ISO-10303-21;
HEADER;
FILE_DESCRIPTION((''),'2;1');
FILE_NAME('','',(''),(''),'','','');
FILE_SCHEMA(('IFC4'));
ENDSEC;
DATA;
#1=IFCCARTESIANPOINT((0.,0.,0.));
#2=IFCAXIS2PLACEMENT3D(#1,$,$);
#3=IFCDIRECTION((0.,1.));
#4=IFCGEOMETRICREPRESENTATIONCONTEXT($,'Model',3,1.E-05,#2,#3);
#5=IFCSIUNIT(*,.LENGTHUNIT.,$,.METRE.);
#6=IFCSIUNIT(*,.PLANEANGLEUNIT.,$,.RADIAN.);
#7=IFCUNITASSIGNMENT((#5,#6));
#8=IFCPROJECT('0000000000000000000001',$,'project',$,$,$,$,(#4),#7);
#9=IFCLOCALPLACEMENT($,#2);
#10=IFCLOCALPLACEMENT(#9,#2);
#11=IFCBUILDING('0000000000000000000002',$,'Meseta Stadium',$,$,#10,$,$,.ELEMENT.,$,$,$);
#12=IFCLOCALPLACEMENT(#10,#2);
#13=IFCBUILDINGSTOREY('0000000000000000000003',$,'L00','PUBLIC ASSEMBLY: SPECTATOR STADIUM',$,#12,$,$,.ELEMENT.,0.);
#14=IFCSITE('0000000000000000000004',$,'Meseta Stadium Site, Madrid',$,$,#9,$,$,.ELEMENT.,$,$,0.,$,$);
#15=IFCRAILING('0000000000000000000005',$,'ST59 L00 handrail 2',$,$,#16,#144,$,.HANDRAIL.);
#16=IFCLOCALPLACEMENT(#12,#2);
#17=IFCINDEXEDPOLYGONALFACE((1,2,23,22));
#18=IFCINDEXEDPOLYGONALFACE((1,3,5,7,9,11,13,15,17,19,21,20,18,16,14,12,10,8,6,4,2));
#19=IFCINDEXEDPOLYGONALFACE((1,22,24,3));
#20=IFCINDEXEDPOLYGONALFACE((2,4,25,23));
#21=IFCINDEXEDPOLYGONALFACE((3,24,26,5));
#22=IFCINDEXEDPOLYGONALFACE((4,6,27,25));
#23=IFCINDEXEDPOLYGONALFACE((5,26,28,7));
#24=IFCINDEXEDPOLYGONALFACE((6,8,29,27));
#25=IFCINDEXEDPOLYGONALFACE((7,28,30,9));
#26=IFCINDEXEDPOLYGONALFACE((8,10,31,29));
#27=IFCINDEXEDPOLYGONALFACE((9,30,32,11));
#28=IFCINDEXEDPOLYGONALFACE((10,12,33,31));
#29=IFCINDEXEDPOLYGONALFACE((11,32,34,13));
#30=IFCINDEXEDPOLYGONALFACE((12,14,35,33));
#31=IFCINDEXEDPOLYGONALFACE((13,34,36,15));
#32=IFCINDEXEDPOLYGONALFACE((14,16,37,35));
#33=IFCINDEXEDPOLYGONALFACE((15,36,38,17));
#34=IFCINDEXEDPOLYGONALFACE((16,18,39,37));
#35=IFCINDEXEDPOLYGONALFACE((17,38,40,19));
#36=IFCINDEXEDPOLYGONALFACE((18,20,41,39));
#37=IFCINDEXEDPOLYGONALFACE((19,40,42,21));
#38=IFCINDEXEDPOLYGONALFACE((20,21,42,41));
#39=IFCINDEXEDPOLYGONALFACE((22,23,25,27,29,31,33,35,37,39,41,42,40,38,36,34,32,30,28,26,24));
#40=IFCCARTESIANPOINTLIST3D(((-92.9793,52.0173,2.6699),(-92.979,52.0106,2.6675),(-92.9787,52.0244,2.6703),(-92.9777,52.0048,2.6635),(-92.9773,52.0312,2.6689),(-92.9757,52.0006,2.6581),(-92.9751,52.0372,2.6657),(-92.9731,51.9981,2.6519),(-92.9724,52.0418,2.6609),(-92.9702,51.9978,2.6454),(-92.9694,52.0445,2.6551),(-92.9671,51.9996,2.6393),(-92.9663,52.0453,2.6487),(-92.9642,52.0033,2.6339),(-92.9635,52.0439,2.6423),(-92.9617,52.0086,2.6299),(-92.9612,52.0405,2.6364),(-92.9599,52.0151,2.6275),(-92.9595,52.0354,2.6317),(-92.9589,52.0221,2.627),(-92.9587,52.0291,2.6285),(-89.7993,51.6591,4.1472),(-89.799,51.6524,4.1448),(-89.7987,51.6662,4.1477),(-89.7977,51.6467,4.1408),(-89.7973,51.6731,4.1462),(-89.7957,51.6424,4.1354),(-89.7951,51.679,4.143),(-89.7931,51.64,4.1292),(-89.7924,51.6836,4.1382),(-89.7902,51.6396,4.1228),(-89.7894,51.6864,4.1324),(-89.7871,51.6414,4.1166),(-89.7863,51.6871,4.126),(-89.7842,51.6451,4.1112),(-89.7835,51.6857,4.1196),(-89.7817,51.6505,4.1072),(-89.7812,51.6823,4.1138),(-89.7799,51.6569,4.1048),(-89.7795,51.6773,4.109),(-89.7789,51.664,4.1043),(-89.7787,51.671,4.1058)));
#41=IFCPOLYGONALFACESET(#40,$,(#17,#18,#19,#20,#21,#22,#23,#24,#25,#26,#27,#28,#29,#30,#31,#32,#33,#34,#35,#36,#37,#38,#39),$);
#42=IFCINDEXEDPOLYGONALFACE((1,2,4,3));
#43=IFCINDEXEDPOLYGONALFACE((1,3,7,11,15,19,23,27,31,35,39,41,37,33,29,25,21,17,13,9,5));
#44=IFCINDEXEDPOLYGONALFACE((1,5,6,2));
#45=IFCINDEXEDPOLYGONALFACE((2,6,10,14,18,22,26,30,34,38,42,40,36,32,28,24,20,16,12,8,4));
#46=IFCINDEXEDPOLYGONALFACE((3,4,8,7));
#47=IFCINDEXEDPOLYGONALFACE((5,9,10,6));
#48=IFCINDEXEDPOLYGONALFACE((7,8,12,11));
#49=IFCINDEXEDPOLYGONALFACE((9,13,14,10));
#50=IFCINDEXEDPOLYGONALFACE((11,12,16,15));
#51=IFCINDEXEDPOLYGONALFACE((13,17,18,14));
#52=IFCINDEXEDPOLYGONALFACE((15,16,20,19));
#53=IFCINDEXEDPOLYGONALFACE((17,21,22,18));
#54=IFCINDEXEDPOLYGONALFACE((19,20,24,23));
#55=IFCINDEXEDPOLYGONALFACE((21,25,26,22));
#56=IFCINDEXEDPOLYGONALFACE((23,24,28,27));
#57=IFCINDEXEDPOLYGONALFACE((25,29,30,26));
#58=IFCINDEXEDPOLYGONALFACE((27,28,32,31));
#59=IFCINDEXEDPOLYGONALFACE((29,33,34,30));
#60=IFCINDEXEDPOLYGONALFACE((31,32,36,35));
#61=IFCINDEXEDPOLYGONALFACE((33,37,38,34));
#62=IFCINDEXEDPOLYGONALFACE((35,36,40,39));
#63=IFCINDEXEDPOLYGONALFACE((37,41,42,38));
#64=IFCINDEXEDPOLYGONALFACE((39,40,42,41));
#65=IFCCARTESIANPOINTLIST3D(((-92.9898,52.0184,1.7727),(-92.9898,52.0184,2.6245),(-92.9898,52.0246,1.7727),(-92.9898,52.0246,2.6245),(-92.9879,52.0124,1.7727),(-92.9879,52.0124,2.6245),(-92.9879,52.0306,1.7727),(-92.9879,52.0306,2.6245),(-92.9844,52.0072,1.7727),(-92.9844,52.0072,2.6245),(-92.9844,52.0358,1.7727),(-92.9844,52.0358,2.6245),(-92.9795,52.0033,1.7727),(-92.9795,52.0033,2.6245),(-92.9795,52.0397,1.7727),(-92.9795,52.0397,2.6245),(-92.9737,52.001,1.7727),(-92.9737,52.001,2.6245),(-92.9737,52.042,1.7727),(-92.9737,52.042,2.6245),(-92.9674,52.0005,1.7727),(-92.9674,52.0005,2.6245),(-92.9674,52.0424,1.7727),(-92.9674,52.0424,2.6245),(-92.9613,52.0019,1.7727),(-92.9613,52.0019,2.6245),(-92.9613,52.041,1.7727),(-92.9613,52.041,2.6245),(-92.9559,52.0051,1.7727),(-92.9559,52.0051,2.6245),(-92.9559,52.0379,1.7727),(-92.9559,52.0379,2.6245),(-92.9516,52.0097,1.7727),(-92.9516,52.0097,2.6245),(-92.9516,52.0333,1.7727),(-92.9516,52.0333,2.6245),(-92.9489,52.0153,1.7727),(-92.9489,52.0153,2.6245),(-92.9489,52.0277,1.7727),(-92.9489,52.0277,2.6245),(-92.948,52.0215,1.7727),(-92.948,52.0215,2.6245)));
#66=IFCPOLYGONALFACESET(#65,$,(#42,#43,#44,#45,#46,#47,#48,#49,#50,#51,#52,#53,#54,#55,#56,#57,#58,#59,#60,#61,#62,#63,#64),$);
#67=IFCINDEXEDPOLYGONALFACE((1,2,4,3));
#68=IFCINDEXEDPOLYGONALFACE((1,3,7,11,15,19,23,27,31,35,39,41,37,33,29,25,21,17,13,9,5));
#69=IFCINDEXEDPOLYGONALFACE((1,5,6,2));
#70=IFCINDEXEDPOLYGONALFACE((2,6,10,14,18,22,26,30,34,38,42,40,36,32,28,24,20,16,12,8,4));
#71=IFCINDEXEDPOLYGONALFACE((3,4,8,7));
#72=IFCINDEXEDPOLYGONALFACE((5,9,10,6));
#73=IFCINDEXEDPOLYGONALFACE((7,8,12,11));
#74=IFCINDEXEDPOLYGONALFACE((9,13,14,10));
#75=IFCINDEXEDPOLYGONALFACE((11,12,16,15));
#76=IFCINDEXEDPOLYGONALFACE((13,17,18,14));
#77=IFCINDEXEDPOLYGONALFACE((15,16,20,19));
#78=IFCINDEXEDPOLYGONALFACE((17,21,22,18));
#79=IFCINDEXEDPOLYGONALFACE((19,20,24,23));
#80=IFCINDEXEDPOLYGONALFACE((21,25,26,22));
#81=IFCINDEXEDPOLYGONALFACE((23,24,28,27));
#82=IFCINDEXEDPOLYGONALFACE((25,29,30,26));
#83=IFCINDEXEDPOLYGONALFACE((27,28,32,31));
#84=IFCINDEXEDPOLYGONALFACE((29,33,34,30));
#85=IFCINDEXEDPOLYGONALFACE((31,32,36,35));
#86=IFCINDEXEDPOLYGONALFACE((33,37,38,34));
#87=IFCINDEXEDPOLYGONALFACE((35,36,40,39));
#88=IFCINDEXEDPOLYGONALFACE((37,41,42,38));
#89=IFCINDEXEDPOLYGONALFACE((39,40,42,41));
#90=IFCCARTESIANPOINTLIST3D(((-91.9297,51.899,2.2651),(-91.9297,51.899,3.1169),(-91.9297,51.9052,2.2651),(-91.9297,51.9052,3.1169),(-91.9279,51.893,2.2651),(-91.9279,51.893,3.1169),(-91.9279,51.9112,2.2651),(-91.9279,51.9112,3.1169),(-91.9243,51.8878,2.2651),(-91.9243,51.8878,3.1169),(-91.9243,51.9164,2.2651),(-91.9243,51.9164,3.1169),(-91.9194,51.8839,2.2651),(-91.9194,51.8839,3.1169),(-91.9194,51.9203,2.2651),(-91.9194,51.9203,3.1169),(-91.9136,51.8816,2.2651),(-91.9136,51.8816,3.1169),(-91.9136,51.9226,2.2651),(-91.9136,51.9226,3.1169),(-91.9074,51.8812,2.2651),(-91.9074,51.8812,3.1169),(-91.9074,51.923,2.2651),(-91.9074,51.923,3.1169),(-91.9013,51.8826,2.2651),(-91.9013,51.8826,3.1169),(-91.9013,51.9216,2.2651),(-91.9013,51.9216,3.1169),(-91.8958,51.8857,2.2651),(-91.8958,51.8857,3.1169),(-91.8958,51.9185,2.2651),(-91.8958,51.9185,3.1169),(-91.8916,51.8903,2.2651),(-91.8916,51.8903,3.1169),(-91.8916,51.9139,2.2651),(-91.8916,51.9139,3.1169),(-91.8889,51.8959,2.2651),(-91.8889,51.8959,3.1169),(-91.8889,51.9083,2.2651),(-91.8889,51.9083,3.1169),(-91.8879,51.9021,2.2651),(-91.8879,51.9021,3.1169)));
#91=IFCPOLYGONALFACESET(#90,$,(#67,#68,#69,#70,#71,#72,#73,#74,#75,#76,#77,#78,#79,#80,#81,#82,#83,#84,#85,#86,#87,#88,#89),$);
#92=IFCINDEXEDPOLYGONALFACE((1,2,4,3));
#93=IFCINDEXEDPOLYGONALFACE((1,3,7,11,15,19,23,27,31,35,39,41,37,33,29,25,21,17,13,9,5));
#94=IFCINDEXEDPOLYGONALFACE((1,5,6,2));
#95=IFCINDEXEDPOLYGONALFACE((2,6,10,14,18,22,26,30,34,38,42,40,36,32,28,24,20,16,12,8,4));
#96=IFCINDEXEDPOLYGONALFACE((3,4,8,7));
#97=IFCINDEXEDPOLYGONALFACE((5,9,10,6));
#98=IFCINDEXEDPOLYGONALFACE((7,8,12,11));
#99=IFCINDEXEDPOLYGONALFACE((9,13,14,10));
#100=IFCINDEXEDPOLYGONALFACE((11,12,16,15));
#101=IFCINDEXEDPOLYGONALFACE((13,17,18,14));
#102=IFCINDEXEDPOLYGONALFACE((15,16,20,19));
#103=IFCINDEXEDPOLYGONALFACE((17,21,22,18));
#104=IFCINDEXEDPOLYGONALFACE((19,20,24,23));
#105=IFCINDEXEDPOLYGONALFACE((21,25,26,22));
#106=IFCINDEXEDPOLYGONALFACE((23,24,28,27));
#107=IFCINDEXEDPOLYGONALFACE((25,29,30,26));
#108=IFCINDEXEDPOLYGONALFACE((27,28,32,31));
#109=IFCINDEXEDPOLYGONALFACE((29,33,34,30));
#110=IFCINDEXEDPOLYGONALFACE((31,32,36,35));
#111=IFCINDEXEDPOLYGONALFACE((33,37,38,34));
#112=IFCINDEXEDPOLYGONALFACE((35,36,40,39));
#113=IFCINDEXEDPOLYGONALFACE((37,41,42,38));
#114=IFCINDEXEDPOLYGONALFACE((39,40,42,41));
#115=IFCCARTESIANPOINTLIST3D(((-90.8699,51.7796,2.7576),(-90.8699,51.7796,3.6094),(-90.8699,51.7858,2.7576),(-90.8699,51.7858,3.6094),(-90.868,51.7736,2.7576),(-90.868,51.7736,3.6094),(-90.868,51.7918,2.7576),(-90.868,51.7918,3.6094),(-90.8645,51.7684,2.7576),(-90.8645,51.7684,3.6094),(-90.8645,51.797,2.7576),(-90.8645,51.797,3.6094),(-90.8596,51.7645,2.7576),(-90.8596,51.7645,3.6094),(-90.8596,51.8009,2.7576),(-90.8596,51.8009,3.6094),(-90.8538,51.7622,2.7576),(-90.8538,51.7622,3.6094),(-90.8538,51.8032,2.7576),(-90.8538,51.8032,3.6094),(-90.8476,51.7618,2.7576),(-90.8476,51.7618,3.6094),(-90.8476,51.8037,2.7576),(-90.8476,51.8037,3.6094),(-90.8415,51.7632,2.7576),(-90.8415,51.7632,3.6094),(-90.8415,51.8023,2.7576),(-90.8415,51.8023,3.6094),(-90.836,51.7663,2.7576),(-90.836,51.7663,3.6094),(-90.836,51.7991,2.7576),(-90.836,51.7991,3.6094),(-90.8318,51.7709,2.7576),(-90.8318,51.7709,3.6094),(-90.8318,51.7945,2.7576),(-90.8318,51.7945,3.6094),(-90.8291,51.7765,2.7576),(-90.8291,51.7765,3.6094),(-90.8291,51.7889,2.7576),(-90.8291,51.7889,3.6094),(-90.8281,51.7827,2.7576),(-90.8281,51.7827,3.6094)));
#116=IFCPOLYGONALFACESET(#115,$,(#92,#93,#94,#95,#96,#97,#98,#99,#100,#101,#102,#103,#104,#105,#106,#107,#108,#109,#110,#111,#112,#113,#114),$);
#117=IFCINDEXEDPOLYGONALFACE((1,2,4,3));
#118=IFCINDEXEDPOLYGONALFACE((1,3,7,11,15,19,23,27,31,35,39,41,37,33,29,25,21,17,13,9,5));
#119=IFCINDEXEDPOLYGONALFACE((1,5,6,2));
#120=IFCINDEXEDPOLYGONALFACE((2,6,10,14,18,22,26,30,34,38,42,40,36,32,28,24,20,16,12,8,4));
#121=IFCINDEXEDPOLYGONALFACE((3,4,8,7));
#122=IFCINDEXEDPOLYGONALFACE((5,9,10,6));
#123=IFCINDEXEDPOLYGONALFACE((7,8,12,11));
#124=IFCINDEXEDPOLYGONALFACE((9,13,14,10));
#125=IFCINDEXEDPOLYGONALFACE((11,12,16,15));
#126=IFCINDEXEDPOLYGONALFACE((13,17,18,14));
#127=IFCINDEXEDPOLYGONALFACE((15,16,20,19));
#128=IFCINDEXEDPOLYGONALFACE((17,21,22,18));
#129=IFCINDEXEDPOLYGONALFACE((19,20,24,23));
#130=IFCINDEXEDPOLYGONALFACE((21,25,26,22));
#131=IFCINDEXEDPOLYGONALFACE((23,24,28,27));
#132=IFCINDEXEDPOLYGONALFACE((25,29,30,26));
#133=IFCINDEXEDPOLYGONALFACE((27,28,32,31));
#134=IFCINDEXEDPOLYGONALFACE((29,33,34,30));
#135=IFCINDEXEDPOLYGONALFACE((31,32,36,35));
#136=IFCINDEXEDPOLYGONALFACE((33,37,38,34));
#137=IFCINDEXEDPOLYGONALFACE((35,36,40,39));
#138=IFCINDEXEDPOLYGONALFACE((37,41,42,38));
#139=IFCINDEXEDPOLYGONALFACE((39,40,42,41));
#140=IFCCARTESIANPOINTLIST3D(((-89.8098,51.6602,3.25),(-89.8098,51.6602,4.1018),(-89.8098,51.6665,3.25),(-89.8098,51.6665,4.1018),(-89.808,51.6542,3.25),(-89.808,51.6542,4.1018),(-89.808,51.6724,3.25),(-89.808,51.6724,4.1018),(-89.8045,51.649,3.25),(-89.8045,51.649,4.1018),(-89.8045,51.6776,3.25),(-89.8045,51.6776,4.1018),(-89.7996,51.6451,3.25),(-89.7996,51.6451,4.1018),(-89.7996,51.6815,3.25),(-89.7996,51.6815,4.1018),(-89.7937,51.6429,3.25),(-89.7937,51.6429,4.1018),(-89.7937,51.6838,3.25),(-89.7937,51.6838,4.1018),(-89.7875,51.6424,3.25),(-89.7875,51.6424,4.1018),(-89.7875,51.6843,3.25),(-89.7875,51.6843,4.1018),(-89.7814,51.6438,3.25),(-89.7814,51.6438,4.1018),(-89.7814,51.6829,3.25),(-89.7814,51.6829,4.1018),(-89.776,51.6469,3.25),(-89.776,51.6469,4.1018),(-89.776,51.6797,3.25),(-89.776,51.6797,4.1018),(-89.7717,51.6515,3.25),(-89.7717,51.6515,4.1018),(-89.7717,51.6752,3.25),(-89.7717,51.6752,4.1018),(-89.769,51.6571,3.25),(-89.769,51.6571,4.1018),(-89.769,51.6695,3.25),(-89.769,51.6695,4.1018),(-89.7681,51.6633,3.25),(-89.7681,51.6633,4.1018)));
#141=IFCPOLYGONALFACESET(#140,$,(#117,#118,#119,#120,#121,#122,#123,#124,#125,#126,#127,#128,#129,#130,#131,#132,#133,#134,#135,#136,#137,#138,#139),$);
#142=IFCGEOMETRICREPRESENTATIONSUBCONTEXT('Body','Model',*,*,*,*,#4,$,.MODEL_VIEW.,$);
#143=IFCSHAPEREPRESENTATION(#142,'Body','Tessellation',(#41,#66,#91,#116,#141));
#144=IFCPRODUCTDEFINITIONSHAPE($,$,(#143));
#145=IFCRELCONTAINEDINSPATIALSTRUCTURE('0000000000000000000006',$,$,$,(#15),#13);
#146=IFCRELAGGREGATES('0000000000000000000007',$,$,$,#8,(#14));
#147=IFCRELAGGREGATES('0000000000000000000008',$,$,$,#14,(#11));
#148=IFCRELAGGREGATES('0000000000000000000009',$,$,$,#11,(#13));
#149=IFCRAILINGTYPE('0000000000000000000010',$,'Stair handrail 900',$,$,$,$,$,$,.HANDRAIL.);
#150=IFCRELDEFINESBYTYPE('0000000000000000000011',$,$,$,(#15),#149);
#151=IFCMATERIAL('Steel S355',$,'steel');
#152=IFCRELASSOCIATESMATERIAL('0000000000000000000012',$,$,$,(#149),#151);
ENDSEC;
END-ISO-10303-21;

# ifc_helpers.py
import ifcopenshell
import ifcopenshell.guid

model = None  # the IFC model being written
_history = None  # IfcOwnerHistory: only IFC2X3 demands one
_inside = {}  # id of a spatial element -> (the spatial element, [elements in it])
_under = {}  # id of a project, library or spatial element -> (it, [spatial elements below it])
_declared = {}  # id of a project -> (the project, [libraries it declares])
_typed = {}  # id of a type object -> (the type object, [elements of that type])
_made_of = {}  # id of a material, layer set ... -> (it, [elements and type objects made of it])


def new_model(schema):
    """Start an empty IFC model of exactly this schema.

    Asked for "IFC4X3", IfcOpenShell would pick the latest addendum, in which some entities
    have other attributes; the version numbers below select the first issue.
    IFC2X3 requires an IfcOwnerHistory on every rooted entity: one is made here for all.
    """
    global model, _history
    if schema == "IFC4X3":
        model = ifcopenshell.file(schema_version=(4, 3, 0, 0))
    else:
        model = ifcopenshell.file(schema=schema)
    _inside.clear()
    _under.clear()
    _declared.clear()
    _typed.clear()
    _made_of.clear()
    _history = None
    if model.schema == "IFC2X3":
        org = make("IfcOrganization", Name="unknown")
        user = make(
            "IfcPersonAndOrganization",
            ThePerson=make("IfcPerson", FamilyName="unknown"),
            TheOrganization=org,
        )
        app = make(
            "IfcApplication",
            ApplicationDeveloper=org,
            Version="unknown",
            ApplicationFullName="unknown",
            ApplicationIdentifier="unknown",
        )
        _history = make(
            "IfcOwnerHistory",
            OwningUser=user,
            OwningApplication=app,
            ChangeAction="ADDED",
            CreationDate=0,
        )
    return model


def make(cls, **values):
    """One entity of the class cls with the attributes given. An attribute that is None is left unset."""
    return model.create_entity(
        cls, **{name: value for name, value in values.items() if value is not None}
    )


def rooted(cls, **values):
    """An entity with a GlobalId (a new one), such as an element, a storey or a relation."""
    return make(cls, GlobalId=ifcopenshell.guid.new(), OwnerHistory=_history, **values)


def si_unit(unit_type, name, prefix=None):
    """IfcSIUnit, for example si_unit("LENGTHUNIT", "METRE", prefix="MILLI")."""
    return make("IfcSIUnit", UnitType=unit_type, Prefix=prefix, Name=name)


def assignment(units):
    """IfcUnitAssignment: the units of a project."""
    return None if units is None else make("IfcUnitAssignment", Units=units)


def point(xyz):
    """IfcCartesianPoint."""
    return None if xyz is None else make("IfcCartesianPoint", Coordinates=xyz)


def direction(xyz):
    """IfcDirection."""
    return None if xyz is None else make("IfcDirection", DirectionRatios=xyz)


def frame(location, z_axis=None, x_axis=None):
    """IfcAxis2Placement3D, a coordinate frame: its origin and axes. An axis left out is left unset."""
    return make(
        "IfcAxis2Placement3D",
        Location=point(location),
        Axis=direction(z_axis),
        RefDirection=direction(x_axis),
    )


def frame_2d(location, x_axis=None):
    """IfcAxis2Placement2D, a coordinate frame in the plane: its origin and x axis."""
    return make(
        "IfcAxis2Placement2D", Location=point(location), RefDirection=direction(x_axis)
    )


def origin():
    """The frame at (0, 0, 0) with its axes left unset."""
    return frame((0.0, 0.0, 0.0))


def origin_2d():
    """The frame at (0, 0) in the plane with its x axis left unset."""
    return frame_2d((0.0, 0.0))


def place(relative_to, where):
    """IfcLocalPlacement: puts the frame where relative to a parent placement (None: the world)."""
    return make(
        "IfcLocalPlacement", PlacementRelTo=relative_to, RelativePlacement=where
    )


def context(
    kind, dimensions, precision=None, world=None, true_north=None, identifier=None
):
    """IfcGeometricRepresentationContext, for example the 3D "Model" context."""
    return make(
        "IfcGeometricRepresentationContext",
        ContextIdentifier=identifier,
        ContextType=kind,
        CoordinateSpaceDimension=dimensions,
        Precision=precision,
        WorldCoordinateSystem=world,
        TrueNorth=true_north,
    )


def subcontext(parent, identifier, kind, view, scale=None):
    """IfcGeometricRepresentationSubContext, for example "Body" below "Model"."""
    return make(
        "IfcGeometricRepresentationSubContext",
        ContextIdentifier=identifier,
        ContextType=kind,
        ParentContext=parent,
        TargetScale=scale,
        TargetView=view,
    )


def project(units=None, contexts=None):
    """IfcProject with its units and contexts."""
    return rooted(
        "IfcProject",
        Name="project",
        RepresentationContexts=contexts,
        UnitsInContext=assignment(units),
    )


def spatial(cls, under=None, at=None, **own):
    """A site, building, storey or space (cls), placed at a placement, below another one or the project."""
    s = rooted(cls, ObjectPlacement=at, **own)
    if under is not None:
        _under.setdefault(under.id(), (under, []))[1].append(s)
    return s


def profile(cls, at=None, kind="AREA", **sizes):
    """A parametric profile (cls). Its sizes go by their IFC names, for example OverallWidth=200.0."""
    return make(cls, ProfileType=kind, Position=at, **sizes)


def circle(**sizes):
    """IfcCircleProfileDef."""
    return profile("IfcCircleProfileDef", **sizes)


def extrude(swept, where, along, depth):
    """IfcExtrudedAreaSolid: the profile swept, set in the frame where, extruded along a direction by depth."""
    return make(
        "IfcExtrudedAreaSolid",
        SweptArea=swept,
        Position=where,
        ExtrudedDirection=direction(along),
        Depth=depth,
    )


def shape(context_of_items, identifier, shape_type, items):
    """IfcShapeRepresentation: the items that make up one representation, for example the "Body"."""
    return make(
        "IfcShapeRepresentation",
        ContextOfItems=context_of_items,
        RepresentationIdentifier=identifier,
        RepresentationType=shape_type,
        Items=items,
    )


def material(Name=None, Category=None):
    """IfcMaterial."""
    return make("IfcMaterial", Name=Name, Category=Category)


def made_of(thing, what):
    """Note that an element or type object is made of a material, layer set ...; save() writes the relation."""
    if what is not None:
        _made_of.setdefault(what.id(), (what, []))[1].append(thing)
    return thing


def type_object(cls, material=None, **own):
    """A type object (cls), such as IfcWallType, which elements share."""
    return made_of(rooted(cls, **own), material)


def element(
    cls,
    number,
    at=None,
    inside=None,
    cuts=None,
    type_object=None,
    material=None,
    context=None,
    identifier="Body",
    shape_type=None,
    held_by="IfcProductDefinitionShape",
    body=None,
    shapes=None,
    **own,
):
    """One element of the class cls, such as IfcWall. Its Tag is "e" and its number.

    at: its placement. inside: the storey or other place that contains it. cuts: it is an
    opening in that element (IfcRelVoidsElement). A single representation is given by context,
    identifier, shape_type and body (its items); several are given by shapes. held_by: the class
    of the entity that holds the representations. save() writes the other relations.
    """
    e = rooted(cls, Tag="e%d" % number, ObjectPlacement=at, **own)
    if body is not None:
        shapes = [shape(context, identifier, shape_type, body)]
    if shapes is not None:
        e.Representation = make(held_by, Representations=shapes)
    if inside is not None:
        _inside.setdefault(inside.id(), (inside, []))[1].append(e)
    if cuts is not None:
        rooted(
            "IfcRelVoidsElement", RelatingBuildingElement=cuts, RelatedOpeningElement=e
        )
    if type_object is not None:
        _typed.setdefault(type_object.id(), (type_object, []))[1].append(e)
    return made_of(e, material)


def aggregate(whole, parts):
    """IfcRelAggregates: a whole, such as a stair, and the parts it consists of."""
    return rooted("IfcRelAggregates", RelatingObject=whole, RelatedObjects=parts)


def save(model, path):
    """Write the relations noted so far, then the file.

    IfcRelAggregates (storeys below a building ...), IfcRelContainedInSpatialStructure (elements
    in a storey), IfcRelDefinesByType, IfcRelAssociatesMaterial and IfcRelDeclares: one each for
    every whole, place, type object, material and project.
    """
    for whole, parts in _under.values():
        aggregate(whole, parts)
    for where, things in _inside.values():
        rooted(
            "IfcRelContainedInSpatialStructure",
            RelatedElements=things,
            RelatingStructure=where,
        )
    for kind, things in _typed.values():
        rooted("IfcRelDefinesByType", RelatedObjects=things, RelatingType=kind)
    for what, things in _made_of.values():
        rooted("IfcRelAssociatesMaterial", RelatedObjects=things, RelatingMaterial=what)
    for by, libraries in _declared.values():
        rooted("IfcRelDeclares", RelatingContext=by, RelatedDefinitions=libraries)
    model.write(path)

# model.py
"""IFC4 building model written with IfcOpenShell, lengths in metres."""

from ifc_helpers import new_model, si_unit, direction, frame, origin, origin_2d, place, context, subcontext, project, spatial, circle, extrude, material, type_object, element, save


model = new_model("IFC4")

# Units and contexts
model_context = context("Model", 3, precision=1e-05, world=origin(), true_north=direction((0.0, 1.0)))
body_context = subcontext(model_context, "Body", "Model", "MODEL_VIEW")
ifc_project = project(units=[si_unit("LENGTHUNIT", "METRE"), si_unit("PLANEANGLEUNIT", "RADIAN")], contexts=[model_context])

# Site, building, storey
site_placement = place(None, origin())
site = spatial("IfcSite", under=ifc_project, at=site_placement, Name="Meseta Stadium Site, Madrid", CompositionType="ELEMENT", RefElevation=0.0)
building_placement = place(site_placement, origin())
building = spatial("IfcBuilding", under=site, at=building_placement, Name="Meseta Stadium", CompositionType="ELEMENT")
storey_placement = place(building_placement, origin())
storey = spatial("IfcBuildingStorey", under=building, at=storey_placement, Name="L00", Description="PUBLIC ASSEMBLY: SPECTATOR STADIUM", CompositionType="ELEMENT", Elevation=0.0)

# Railing
ifc_material_1 = material(Name="Steel S355", Category="steel")
railing_type_1 = type_object("IfcRailingType", Name="Stair handrail 900", PredefinedType="HANDRAIL", material=ifc_material_1)
for number, where, name in (
    (1, (-92.969, 52.0215, 1.7727), "ST59 L00 handrail 2"),
):
    element("IfcRailing", number, at=place(storey_placement, frame(where)), inside=storey, type_object=railing_type_1, Name=name, PredefinedType="HANDRAIL", context=body_context, shape_type="SweptSolid", body=[
        extrude(circle(Radius=0.0239, at=origin_2d()), frame((0.0, 0.0, 0.876), z_axis=(0.902217, -0.101616, 0.419141), x_axis=(0.111922, 0.993717, 0.0)), (0.0, 0.0, 1.0), 3.5247),
        extrude(circle(Radius=0.021, at=origin_2d()), origin(), (0.0, 0.0, 1.0), 0.8518),
        extrude(circle(Radius=0.021, at=origin_2d()), frame((1.0601, -0.1194, 0.4924)), (0.0, 0.0, 1.0), 0.8518),
        extrude(circle(Radius=0.021, at=origin_2d()), frame((2.1199, -0.2388, 0.9849)), (0.0, 0.0, 1.0), 0.8518),
        extrude(circle(Radius=0.021, at=origin_2d()), frame((3.1799, -0.3582, 1.4773)), (0.0, 0.0, 1.0), 0.8518),
    ])

save(model, "model.ifc")
